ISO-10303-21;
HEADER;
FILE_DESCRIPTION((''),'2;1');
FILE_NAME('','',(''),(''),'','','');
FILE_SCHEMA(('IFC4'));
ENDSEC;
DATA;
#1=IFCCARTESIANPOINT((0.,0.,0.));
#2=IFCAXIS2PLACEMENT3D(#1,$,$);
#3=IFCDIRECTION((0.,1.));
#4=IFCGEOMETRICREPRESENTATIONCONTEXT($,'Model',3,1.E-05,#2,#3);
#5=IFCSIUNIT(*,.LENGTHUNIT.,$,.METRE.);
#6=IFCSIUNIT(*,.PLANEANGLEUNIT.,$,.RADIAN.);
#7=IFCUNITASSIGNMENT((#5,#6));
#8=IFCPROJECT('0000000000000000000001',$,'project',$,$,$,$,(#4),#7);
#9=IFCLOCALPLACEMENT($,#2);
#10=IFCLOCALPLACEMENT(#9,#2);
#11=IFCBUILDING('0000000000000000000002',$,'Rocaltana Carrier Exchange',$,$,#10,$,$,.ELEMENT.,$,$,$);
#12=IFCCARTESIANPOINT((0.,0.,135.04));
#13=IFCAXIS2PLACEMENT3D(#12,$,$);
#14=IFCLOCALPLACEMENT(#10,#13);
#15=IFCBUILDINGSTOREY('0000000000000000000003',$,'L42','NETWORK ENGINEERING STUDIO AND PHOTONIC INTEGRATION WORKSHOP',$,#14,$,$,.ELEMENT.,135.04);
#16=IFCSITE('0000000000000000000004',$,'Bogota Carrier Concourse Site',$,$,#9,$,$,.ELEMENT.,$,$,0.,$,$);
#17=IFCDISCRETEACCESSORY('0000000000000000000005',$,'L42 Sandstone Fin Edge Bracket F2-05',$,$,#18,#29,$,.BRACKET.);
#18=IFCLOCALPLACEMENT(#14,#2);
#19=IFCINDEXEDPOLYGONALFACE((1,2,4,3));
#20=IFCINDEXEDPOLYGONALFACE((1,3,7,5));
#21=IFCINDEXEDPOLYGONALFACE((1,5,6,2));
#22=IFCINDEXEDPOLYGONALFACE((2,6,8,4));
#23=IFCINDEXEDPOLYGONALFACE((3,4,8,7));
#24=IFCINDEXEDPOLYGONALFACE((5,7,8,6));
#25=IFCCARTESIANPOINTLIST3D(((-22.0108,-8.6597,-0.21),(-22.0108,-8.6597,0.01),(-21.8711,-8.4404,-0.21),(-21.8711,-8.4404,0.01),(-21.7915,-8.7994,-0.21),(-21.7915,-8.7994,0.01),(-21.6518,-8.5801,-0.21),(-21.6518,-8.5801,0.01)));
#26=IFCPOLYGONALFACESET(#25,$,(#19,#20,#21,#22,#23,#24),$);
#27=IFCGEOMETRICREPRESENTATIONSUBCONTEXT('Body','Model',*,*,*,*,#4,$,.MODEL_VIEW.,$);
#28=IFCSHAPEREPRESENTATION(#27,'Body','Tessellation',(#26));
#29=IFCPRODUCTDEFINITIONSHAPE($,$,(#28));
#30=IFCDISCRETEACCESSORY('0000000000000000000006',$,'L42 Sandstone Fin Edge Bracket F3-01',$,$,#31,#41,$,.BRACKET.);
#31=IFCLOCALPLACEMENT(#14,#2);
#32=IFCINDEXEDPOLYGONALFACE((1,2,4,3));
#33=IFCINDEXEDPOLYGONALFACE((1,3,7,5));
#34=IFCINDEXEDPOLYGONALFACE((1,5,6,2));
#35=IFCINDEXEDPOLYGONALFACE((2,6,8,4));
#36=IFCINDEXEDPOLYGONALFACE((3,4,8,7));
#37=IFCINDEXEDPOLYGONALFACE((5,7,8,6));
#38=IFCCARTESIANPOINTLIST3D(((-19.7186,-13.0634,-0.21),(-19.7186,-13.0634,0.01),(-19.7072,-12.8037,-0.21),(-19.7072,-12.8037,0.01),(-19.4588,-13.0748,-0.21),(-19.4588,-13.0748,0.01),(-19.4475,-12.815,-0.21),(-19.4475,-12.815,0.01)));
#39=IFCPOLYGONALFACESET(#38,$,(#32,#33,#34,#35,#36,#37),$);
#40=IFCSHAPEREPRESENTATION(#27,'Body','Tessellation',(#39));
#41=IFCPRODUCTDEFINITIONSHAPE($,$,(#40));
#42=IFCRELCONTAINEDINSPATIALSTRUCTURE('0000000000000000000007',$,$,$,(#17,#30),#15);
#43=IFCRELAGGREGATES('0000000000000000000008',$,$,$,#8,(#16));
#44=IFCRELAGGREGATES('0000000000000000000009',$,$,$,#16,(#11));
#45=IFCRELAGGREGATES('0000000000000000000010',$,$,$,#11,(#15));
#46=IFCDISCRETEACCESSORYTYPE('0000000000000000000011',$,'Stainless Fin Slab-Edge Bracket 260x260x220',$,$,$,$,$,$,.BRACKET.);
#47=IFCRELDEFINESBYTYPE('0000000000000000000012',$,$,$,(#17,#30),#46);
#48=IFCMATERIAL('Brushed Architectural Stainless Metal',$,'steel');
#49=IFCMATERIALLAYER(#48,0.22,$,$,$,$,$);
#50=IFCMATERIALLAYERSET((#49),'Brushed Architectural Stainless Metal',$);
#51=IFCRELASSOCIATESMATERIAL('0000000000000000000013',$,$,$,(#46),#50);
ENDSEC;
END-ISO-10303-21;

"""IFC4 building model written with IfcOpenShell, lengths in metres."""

from ifc_helpers import new_model, si_unit, direction, frame, origin, origin_2d, place, context, subcontext, project, spatial, rectangle, extrude, material, layer, layer_set, type_object, element, save


model = new_model("IFC4")

# Units and contexts
model_context = context("Model", 3, precision=1e-05, world=origin(), true_north=direction((0.0, 1.0)))
body_context = subcontext(model_context, "Body", "Model", "MODEL_VIEW")
ifc_project = project(units=[si_unit("LENGTHUNIT", "METRE"), si_unit("PLANEANGLEUNIT", "RADIAN")], contexts=[model_context])

# Site, building, storey
site_placement = place(None, origin())
site = spatial("IfcSite", under=ifc_project, at=site_placement, Name="Bogota Carrier Concourse Site", CompositionType="ELEMENT", RefElevation=0.0)
building_placement = place(site_placement, origin())
building = spatial("IfcBuilding", under=site, at=building_placement, Name="Rocaltana Carrier Exchange", CompositionType="ELEMENT")
storey_placement = place(building_placement, frame((0.0, 0.0, 135.04)))
storey = spatial("IfcBuildingStorey", under=building, at=storey_placement, Name="L42", Description="NETWORK ENGINEERING STUDIO AND PHOTONIC INTEGRATION WORKSHOP", CompositionType="ELEMENT", Elevation=135.04)

# Discrete accessories
ifc_material_1 = material(Name="Brushed Architectural Stainless Metal", Category="steel")
ifc_layer_1 = layer(ifc_material_1, 0.22)
ifc_layer_set_1 = layer_set([ifc_layer_1], Name="Brushed Architectural Stainless Metal")
discrete_accessory_type = type_object("IfcDiscreteAccessoryType", Name="Stainless Fin Slab-Edge Bracket 260x260x220", PredefinedType="BRACKET", material=ifc_layer_set_1)
for number, where, z_axis, x_axis, name in (
    (1, (-21.8313, -8.6199, -0.21), (0.0, 0.0, 1.0), (-0.5373, -0.843391, 0.0), "L42 Sandstone Fin Edge Bracket F2-05"),
    (2, (-19.583, -12.9392, -0.21), (0.0, 0.0, 1.0), (0.999048, -0.043619, 0.0), "L42 Sandstone Fin Edge Bracket F3-01"),
):
    element("IfcDiscreteAccessory", number, at=place(storey_placement, frame(where, z_axis=z_axis, x_axis=x_axis)), inside=storey, type_object=discrete_accessory_type, Name=name, PredefinedType="BRACKET", context=body_context, shape_type="SweptSolid", body=[
        extrude(rectangle(XDim=0.26, YDim=0.26, at=origin_2d()), origin(), (0.0, 0.0, 1.0), 0.22),
    ])

save(model, "model.ifc")
